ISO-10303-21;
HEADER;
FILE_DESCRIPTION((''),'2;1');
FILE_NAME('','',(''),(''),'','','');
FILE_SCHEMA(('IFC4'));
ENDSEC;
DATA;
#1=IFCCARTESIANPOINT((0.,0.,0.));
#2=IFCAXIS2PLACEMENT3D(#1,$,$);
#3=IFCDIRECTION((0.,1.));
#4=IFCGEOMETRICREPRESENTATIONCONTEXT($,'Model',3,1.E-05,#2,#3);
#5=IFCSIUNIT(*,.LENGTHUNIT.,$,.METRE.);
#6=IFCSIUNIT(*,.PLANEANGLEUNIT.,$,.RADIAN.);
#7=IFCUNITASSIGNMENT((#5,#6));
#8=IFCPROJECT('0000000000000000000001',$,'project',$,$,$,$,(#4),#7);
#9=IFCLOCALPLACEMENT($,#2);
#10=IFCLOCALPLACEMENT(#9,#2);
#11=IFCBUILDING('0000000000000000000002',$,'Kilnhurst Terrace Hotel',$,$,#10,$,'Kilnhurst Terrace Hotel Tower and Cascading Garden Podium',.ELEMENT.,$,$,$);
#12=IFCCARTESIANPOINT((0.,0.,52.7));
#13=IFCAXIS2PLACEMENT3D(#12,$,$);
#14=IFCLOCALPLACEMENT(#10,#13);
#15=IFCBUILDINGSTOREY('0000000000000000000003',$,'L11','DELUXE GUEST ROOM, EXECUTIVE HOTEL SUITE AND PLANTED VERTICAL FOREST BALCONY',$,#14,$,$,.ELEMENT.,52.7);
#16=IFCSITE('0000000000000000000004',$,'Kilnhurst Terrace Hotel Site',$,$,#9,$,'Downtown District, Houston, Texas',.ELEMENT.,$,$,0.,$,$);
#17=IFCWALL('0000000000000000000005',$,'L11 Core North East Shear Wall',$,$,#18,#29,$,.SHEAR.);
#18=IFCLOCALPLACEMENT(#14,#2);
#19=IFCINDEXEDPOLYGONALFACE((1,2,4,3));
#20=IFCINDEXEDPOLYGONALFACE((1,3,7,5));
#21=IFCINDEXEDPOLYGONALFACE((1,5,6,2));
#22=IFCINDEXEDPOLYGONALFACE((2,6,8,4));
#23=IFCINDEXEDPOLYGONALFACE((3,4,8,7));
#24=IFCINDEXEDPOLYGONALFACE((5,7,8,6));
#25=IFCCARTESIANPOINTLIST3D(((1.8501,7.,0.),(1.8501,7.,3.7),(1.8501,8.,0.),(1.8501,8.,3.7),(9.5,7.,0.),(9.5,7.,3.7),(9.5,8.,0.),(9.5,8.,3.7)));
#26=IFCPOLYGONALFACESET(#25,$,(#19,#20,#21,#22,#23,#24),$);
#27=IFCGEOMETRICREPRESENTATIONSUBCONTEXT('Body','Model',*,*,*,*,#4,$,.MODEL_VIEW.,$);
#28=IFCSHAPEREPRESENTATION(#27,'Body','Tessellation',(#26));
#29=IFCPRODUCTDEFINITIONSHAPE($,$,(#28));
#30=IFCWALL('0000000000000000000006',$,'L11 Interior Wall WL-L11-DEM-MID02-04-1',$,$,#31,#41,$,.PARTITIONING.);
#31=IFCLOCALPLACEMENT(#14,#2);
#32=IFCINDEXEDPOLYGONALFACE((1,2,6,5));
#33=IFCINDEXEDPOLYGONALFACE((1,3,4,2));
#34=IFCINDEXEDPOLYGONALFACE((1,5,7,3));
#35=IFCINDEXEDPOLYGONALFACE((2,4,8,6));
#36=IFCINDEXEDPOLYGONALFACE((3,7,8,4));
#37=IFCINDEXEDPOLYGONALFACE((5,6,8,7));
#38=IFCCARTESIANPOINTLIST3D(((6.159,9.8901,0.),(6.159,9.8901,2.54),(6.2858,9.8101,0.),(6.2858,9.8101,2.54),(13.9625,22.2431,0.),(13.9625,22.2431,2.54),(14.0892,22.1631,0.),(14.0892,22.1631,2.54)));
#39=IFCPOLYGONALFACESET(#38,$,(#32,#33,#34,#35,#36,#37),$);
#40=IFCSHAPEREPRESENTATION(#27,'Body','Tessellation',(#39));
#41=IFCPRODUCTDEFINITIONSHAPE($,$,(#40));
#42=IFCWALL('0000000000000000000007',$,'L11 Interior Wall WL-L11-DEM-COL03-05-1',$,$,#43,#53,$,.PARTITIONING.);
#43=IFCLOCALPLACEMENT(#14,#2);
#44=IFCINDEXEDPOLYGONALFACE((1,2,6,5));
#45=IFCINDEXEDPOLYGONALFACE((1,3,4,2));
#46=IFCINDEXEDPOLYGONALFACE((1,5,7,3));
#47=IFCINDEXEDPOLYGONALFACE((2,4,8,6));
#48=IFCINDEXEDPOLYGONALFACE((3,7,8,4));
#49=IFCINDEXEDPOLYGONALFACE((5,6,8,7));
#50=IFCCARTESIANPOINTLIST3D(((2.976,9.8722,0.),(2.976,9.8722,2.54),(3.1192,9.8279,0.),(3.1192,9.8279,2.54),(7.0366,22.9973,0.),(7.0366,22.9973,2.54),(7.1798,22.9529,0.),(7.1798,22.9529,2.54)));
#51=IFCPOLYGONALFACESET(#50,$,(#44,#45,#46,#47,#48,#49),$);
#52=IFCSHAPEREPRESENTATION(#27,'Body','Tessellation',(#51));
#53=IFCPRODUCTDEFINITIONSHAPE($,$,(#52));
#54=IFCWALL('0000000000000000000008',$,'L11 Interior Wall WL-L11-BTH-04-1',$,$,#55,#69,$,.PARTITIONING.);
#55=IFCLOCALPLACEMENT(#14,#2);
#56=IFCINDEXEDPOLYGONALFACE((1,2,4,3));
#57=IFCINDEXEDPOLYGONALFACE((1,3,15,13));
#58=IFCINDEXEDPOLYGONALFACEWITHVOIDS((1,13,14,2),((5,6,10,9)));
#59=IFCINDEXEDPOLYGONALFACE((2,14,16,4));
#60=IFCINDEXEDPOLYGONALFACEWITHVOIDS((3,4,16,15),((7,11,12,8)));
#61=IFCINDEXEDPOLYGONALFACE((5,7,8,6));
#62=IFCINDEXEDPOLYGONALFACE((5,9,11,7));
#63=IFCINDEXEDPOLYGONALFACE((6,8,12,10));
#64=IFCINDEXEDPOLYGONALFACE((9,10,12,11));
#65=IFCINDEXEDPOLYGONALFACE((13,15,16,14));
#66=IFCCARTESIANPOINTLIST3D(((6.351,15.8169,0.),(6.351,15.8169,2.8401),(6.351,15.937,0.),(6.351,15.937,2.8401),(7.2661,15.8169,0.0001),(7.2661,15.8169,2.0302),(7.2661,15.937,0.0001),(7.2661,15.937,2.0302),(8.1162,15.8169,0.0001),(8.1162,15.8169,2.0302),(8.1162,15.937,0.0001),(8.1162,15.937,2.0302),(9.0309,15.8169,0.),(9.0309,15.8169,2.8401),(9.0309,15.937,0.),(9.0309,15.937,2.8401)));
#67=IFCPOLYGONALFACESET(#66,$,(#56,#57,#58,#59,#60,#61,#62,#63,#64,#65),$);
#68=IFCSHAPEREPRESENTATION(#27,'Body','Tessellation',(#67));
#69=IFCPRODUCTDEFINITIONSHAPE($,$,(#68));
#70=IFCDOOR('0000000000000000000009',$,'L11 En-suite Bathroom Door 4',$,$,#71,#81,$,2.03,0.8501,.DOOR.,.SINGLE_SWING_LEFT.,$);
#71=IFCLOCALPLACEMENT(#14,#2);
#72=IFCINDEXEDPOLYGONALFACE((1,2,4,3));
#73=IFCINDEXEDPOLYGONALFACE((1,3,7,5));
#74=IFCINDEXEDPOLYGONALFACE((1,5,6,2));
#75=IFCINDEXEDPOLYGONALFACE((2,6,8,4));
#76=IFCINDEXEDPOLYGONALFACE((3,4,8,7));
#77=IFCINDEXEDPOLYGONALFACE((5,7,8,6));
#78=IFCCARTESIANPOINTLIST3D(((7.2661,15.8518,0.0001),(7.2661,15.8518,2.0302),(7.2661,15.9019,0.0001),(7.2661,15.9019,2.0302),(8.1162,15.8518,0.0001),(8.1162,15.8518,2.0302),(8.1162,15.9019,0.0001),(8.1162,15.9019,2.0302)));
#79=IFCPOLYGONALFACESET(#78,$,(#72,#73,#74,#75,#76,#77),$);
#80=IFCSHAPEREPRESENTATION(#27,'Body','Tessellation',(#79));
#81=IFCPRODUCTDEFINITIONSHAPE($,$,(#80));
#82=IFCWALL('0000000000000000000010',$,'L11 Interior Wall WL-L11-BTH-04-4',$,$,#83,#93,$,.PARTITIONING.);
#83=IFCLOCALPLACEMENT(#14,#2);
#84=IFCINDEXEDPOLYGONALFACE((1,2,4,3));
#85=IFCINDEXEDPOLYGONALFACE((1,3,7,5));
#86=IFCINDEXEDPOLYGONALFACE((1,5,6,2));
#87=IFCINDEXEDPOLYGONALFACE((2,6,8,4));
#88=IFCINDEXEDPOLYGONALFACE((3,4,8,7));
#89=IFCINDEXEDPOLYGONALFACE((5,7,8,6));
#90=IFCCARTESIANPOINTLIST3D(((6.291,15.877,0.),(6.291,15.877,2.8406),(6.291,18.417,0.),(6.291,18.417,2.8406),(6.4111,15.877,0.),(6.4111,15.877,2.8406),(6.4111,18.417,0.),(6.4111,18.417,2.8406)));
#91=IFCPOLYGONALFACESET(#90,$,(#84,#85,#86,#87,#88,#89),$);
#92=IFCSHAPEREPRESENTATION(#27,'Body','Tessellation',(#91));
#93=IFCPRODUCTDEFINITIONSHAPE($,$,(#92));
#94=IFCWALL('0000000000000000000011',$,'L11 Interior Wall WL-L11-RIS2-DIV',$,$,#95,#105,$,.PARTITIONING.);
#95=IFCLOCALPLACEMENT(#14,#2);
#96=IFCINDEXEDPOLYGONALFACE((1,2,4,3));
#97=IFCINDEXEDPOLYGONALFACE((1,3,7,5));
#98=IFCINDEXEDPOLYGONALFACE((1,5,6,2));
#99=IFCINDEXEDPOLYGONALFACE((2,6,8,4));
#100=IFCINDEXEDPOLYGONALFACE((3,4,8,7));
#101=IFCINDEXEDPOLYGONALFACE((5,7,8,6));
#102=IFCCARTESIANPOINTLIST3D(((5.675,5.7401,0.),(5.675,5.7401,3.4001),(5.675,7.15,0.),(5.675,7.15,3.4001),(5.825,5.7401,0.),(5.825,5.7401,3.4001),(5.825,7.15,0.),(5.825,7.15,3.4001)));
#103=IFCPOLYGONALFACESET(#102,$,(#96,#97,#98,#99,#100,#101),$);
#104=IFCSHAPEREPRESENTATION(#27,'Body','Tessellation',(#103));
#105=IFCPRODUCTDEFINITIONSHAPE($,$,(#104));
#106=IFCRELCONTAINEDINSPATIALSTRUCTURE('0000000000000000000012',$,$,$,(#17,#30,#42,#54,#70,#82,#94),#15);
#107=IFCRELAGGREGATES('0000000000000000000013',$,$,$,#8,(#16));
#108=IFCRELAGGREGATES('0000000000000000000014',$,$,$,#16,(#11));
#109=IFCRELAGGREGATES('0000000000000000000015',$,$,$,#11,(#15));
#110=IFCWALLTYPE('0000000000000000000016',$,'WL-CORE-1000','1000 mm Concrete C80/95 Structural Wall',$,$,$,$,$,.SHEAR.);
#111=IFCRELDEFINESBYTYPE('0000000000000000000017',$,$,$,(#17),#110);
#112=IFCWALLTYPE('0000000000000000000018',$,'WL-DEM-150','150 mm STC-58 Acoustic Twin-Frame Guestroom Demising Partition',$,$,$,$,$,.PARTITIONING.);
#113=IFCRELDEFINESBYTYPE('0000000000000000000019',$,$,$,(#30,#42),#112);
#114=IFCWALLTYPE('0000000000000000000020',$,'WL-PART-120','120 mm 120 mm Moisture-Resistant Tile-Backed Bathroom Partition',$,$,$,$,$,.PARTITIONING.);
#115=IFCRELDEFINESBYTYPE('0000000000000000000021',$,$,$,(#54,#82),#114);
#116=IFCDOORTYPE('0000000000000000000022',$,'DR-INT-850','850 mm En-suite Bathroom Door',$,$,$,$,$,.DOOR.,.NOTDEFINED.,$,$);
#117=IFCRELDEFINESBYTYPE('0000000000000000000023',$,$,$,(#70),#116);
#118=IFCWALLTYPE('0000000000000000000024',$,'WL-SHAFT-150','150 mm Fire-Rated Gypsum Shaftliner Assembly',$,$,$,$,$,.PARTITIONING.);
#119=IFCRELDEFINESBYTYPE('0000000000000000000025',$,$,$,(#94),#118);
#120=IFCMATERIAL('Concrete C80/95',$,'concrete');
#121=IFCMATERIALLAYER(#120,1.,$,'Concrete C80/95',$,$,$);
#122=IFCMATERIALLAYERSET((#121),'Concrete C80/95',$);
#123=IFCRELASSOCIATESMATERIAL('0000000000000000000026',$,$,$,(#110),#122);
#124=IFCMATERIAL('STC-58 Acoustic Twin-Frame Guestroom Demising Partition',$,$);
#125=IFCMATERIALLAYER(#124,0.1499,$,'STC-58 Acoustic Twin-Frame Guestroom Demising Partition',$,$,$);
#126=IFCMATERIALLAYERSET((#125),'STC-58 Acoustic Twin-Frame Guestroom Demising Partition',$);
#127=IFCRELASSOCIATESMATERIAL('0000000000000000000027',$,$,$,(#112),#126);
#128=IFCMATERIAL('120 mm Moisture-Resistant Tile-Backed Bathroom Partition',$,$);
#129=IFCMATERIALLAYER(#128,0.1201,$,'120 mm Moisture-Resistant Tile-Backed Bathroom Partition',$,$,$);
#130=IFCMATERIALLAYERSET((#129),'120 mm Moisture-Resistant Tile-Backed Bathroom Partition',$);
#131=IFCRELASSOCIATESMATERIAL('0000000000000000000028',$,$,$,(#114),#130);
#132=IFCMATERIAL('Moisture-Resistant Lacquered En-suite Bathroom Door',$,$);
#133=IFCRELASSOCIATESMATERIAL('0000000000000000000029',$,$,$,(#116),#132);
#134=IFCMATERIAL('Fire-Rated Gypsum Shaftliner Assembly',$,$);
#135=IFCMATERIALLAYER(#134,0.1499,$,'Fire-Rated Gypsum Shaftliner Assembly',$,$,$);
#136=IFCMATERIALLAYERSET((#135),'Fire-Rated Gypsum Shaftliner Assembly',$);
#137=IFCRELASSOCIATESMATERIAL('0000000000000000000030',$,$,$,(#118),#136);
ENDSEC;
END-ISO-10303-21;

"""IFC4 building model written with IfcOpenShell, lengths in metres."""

from ifc_helpers import new_model, si_unit, direction, frame, frame_2d, origin, place, context, subcontext, project, spatial, rectangle, extrude, material, layer, layer_set, type_object, element, fill, save


model = new_model("IFC4")

# Units and contexts
model_context = context("Model", 3, precision=1e-05, world=origin(), true_north=direction((0.0, 1.0)))
body_context = subcontext(model_context, "Body", "Model", "MODEL_VIEW")
ifc_project = project(units=[si_unit("LENGTHUNIT", "METRE"), si_unit("PLANEANGLEUNIT", "RADIAN")], contexts=[model_context])

# Site, building, storey
site_placement = place(None, origin())
site = spatial("IfcSite", under=ifc_project, at=site_placement, Name="Kilnhurst Terrace Hotel Site", LongName="Downtown District, Houston, Texas", CompositionType="ELEMENT", RefElevation=0.0)
building_placement = place(site_placement, origin())
building = spatial("IfcBuilding", under=site, at=building_placement, Name="Kilnhurst Terrace Hotel", LongName="Kilnhurst Terrace Hotel Tower and Cascading Garden Podium", CompositionType="ELEMENT")
storey_placement = place(building_placement, frame((0.0, 0.0, 52.7)))
storey = spatial("IfcBuildingStorey", under=building, at=storey_placement, Name="L11", Description="DELUXE GUEST ROOM, EXECUTIVE HOTEL SUITE AND PLANTED VERTICAL FOREST BALCONY", CompositionType="ELEMENT", Elevation=52.7)

# Shared definitions
ifc_material_1 = material(Name="Concrete C80/95", Category="concrete")

# Walls
ifc_layer_1 = layer(ifc_material_1, 1.0, Name="Concrete C80/95")
ifc_layer_set_1 = layer_set([ifc_layer_1], Name="Concrete C80/95")
wall_type_1 = type_object("IfcWallType", Name="WL-CORE-1000", Description="1000 mm Concrete C80/95 Structural Wall", PredefinedType="SHEAR", material=ifc_layer_set_1)
wall_1_placement = place(storey_placement, frame((1.8501, 7.5, 0.0), z_axis=(0.0, 0.0, 1.0), x_axis=(1.0, 0.0, 0.0)))
element("IfcWall", 1, at=wall_1_placement, inside=storey, type_object=wall_type_1, Name="L11 Core North East Shear Wall", PredefinedType="SHEAR", context=body_context, shape_type="SweptSolid", body=[
    extrude(rectangle(XDim=7.6499, YDim=1.0, at=frame_2d((3.825, 0.0))), origin(), (0.0, 0.0, 1.0), 3.7),
])
ifc_material_2 = material(Name="STC-58 Acoustic Twin-Frame Guestroom Demising Partition")
ifc_layer_2 = layer(ifc_material_2, 0.1499, Name="STC-58 Acoustic Twin-Frame Guestroom Demising Partition")
ifc_layer_set_2 = layer_set([ifc_layer_2], Name="STC-58 Acoustic Twin-Frame Guestroom Demising Partition")
wall_type_2 = type_object("IfcWallType", Name="WL-DEM-150", Description="150 mm STC-58 Acoustic Twin-Frame Guestroom Demising Partition", PredefinedType="PARTITIONING", material=ifc_layer_set_2)
wall_2_placement = place(storey_placement, frame((6.2224, 9.8501, 0.0), z_axis=(0.0, 0.0, 1.0), x_axis=(0.534069, 0.845441, 0.0)))
element("IfcWall", 2, at=wall_2_placement, inside=storey, type_object=wall_type_2, Name="L11 Interior Wall WL-L11-DEM-MID02-04-1", PredefinedType="PARTITIONING", context=body_context, shape_type="SweptSolid", body=[
    extrude(rectangle(XDim=14.6113, YDim=0.1499, at=frame_2d((7.3057, 0.0))), origin(), (0.0, 0.0, 1.0), 2.54),
])
wall_3_placement = place(storey_placement, frame((3.0476, 9.8501, 0.0), z_axis=(0.0, 0.0, 1.0), x_axis=(0.295554, 0.955326, 0.0)))
element("IfcWall", 3, at=wall_3_placement, inside=storey, type_object=wall_type_2, Name="L11 Interior Wall WL-L11-DEM-COL03-05-1", PredefinedType="PARTITIONING", context=body_context, shape_type="SweptSolid", body=[
    extrude(rectangle(XDim=13.7388, YDim=0.1499, at=frame_2d((6.8694, 0.0))), origin(), (0.0, 0.0, 1.0), 2.54),
])

# Wall, opening, door
ifc_material_3 = material(Name="120 mm Moisture-Resistant Tile-Backed Bathroom Partition")
ifc_layer_3 = layer(ifc_material_3, 0.1201, Name="120 mm Moisture-Resistant Tile-Backed Bathroom Partition")
ifc_layer_set_3 = layer_set([ifc_layer_3], Name="120 mm Moisture-Resistant Tile-Backed Bathroom Partition")
wall_type_3 = type_object("IfcWallType", Name="WL-PART-120", Description="120 mm 120 mm Moisture-Resistant Tile-Backed Bathroom Partition", PredefinedType="PARTITIONING", material=ifc_layer_set_3)
wall_4_placement = place(storey_placement, frame((6.3511, 15.877, 0.0), z_axis=(0.0, 0.0, 1.0), x_axis=(1.0, 0.0, 0.0)))
wall_4 = element("IfcWall", 4, at=wall_4_placement, inside=storey, type_object=wall_type_3, Name="L11 Interior Wall WL-L11-BTH-04-1", PredefinedType="PARTITIONING", context=body_context, shape_type="SweptSolid", body=[
    extrude(rectangle(XDim=2.6799, YDim=0.1201, at=frame_2d((1.3398, 0.0))), origin(), (0.0, 0.0, 1.0), 2.8401),
])
opening_placement = place(wall_4_placement, frame((0.915, 0.0, 0.0)))
opening = element("IfcOpeningElement", 5, at=opening_placement, cuts=wall_4, PredefinedType="OPENING", context=body_context, shape_type="SweptSolid", body=[
    extrude(rectangle(XDim=0.8501, YDim=2.03, at=frame_2d((0.425, 1.0151))), frame((0.0, 0.0701, 0.0), z_axis=(0.0, -1.0, 0.0), x_axis=(1.0, 0.0, 0.0)), (0.0, 0.0, 1.0), 0.1401),
])
ifc_material_4 = material(Name="Moisture-Resistant Lacquered En-suite Bathroom Door")
door_type = type_object("IfcDoorType", Name="DR-INT-850", Description="850 mm En-suite Bathroom Door", OperationType="NOTDEFINED", PredefinedType="DOOR", material=ifc_material_4)
door_placement = place(opening_placement, origin())
door = element("IfcDoor", 6, at=door_placement, inside=storey, type_object=door_type, Name="L11 En-suite Bathroom Door 4", OperationType="SINGLE_SWING_LEFT", OverallHeight=2.03, OverallWidth=0.8501, PredefinedType="DOOR", context=body_context, shape_type="SweptSolid", body=[
    extrude(rectangle(XDim=0.8501, YDim=2.03, at=frame_2d((0.425, 1.0151))), frame((0.0, 0.0249, 0.0), z_axis=(0.0, -1.0, 0.0), x_axis=(1.0, 0.0, 0.0)), (0.0, 0.0, 1.0), 0.05),
])
fill(opening, door)

# Walls
wall_5_placement = place(storey_placement, frame((6.3511, 18.417, 0.0), z_axis=(0.0, 0.0, 1.0), x_axis=(0.0, -1.0, 0.0)))
element("IfcWall", 7, at=wall_5_placement, inside=storey, type_object=wall_type_3, Name="L11 Interior Wall WL-L11-BTH-04-4", PredefinedType="PARTITIONING", context=body_context, shape_type="SweptSolid", body=[
    extrude(rectangle(XDim=2.54, YDim=0.1201, at=frame_2d((1.27, 0.0))), origin(), (0.0, 0.0, 1.0), 2.8406),
])
ifc_material_5 = material(Name="Fire-Rated Gypsum Shaftliner Assembly")
ifc_layer_4 = layer(ifc_material_5, 0.1499, Name="Fire-Rated Gypsum Shaftliner Assembly")
ifc_layer_set_4 = layer_set([ifc_layer_4], Name="Fire-Rated Gypsum Shaftliner Assembly")
wall_type_4 = type_object("IfcWallType", Name="WL-SHAFT-150", Description="150 mm Fire-Rated Gypsum Shaftliner Assembly", PredefinedType="PARTITIONING", material=ifc_layer_set_4)
wall_6_placement = place(storey_placement, frame((5.75, 5.74, 0.0), z_axis=(0.0, 0.0, 1.0), x_axis=(0.0, 1.0, 0.0)))
element("IfcWall", 8, at=wall_6_placement, inside=storey, type_object=wall_type_4, Name="L11 Interior Wall WL-L11-RIS2-DIV", PredefinedType="PARTITIONING", context=body_context, shape_type="SweptSolid", body=[
    extrude(rectangle(XDim=1.4099, YDim=0.1499, at=frame_2d((0.7051, 0.0))), origin(), (0.0, 0.0, 1.0), 3.4001),
])

save(model, "model.ifc")
